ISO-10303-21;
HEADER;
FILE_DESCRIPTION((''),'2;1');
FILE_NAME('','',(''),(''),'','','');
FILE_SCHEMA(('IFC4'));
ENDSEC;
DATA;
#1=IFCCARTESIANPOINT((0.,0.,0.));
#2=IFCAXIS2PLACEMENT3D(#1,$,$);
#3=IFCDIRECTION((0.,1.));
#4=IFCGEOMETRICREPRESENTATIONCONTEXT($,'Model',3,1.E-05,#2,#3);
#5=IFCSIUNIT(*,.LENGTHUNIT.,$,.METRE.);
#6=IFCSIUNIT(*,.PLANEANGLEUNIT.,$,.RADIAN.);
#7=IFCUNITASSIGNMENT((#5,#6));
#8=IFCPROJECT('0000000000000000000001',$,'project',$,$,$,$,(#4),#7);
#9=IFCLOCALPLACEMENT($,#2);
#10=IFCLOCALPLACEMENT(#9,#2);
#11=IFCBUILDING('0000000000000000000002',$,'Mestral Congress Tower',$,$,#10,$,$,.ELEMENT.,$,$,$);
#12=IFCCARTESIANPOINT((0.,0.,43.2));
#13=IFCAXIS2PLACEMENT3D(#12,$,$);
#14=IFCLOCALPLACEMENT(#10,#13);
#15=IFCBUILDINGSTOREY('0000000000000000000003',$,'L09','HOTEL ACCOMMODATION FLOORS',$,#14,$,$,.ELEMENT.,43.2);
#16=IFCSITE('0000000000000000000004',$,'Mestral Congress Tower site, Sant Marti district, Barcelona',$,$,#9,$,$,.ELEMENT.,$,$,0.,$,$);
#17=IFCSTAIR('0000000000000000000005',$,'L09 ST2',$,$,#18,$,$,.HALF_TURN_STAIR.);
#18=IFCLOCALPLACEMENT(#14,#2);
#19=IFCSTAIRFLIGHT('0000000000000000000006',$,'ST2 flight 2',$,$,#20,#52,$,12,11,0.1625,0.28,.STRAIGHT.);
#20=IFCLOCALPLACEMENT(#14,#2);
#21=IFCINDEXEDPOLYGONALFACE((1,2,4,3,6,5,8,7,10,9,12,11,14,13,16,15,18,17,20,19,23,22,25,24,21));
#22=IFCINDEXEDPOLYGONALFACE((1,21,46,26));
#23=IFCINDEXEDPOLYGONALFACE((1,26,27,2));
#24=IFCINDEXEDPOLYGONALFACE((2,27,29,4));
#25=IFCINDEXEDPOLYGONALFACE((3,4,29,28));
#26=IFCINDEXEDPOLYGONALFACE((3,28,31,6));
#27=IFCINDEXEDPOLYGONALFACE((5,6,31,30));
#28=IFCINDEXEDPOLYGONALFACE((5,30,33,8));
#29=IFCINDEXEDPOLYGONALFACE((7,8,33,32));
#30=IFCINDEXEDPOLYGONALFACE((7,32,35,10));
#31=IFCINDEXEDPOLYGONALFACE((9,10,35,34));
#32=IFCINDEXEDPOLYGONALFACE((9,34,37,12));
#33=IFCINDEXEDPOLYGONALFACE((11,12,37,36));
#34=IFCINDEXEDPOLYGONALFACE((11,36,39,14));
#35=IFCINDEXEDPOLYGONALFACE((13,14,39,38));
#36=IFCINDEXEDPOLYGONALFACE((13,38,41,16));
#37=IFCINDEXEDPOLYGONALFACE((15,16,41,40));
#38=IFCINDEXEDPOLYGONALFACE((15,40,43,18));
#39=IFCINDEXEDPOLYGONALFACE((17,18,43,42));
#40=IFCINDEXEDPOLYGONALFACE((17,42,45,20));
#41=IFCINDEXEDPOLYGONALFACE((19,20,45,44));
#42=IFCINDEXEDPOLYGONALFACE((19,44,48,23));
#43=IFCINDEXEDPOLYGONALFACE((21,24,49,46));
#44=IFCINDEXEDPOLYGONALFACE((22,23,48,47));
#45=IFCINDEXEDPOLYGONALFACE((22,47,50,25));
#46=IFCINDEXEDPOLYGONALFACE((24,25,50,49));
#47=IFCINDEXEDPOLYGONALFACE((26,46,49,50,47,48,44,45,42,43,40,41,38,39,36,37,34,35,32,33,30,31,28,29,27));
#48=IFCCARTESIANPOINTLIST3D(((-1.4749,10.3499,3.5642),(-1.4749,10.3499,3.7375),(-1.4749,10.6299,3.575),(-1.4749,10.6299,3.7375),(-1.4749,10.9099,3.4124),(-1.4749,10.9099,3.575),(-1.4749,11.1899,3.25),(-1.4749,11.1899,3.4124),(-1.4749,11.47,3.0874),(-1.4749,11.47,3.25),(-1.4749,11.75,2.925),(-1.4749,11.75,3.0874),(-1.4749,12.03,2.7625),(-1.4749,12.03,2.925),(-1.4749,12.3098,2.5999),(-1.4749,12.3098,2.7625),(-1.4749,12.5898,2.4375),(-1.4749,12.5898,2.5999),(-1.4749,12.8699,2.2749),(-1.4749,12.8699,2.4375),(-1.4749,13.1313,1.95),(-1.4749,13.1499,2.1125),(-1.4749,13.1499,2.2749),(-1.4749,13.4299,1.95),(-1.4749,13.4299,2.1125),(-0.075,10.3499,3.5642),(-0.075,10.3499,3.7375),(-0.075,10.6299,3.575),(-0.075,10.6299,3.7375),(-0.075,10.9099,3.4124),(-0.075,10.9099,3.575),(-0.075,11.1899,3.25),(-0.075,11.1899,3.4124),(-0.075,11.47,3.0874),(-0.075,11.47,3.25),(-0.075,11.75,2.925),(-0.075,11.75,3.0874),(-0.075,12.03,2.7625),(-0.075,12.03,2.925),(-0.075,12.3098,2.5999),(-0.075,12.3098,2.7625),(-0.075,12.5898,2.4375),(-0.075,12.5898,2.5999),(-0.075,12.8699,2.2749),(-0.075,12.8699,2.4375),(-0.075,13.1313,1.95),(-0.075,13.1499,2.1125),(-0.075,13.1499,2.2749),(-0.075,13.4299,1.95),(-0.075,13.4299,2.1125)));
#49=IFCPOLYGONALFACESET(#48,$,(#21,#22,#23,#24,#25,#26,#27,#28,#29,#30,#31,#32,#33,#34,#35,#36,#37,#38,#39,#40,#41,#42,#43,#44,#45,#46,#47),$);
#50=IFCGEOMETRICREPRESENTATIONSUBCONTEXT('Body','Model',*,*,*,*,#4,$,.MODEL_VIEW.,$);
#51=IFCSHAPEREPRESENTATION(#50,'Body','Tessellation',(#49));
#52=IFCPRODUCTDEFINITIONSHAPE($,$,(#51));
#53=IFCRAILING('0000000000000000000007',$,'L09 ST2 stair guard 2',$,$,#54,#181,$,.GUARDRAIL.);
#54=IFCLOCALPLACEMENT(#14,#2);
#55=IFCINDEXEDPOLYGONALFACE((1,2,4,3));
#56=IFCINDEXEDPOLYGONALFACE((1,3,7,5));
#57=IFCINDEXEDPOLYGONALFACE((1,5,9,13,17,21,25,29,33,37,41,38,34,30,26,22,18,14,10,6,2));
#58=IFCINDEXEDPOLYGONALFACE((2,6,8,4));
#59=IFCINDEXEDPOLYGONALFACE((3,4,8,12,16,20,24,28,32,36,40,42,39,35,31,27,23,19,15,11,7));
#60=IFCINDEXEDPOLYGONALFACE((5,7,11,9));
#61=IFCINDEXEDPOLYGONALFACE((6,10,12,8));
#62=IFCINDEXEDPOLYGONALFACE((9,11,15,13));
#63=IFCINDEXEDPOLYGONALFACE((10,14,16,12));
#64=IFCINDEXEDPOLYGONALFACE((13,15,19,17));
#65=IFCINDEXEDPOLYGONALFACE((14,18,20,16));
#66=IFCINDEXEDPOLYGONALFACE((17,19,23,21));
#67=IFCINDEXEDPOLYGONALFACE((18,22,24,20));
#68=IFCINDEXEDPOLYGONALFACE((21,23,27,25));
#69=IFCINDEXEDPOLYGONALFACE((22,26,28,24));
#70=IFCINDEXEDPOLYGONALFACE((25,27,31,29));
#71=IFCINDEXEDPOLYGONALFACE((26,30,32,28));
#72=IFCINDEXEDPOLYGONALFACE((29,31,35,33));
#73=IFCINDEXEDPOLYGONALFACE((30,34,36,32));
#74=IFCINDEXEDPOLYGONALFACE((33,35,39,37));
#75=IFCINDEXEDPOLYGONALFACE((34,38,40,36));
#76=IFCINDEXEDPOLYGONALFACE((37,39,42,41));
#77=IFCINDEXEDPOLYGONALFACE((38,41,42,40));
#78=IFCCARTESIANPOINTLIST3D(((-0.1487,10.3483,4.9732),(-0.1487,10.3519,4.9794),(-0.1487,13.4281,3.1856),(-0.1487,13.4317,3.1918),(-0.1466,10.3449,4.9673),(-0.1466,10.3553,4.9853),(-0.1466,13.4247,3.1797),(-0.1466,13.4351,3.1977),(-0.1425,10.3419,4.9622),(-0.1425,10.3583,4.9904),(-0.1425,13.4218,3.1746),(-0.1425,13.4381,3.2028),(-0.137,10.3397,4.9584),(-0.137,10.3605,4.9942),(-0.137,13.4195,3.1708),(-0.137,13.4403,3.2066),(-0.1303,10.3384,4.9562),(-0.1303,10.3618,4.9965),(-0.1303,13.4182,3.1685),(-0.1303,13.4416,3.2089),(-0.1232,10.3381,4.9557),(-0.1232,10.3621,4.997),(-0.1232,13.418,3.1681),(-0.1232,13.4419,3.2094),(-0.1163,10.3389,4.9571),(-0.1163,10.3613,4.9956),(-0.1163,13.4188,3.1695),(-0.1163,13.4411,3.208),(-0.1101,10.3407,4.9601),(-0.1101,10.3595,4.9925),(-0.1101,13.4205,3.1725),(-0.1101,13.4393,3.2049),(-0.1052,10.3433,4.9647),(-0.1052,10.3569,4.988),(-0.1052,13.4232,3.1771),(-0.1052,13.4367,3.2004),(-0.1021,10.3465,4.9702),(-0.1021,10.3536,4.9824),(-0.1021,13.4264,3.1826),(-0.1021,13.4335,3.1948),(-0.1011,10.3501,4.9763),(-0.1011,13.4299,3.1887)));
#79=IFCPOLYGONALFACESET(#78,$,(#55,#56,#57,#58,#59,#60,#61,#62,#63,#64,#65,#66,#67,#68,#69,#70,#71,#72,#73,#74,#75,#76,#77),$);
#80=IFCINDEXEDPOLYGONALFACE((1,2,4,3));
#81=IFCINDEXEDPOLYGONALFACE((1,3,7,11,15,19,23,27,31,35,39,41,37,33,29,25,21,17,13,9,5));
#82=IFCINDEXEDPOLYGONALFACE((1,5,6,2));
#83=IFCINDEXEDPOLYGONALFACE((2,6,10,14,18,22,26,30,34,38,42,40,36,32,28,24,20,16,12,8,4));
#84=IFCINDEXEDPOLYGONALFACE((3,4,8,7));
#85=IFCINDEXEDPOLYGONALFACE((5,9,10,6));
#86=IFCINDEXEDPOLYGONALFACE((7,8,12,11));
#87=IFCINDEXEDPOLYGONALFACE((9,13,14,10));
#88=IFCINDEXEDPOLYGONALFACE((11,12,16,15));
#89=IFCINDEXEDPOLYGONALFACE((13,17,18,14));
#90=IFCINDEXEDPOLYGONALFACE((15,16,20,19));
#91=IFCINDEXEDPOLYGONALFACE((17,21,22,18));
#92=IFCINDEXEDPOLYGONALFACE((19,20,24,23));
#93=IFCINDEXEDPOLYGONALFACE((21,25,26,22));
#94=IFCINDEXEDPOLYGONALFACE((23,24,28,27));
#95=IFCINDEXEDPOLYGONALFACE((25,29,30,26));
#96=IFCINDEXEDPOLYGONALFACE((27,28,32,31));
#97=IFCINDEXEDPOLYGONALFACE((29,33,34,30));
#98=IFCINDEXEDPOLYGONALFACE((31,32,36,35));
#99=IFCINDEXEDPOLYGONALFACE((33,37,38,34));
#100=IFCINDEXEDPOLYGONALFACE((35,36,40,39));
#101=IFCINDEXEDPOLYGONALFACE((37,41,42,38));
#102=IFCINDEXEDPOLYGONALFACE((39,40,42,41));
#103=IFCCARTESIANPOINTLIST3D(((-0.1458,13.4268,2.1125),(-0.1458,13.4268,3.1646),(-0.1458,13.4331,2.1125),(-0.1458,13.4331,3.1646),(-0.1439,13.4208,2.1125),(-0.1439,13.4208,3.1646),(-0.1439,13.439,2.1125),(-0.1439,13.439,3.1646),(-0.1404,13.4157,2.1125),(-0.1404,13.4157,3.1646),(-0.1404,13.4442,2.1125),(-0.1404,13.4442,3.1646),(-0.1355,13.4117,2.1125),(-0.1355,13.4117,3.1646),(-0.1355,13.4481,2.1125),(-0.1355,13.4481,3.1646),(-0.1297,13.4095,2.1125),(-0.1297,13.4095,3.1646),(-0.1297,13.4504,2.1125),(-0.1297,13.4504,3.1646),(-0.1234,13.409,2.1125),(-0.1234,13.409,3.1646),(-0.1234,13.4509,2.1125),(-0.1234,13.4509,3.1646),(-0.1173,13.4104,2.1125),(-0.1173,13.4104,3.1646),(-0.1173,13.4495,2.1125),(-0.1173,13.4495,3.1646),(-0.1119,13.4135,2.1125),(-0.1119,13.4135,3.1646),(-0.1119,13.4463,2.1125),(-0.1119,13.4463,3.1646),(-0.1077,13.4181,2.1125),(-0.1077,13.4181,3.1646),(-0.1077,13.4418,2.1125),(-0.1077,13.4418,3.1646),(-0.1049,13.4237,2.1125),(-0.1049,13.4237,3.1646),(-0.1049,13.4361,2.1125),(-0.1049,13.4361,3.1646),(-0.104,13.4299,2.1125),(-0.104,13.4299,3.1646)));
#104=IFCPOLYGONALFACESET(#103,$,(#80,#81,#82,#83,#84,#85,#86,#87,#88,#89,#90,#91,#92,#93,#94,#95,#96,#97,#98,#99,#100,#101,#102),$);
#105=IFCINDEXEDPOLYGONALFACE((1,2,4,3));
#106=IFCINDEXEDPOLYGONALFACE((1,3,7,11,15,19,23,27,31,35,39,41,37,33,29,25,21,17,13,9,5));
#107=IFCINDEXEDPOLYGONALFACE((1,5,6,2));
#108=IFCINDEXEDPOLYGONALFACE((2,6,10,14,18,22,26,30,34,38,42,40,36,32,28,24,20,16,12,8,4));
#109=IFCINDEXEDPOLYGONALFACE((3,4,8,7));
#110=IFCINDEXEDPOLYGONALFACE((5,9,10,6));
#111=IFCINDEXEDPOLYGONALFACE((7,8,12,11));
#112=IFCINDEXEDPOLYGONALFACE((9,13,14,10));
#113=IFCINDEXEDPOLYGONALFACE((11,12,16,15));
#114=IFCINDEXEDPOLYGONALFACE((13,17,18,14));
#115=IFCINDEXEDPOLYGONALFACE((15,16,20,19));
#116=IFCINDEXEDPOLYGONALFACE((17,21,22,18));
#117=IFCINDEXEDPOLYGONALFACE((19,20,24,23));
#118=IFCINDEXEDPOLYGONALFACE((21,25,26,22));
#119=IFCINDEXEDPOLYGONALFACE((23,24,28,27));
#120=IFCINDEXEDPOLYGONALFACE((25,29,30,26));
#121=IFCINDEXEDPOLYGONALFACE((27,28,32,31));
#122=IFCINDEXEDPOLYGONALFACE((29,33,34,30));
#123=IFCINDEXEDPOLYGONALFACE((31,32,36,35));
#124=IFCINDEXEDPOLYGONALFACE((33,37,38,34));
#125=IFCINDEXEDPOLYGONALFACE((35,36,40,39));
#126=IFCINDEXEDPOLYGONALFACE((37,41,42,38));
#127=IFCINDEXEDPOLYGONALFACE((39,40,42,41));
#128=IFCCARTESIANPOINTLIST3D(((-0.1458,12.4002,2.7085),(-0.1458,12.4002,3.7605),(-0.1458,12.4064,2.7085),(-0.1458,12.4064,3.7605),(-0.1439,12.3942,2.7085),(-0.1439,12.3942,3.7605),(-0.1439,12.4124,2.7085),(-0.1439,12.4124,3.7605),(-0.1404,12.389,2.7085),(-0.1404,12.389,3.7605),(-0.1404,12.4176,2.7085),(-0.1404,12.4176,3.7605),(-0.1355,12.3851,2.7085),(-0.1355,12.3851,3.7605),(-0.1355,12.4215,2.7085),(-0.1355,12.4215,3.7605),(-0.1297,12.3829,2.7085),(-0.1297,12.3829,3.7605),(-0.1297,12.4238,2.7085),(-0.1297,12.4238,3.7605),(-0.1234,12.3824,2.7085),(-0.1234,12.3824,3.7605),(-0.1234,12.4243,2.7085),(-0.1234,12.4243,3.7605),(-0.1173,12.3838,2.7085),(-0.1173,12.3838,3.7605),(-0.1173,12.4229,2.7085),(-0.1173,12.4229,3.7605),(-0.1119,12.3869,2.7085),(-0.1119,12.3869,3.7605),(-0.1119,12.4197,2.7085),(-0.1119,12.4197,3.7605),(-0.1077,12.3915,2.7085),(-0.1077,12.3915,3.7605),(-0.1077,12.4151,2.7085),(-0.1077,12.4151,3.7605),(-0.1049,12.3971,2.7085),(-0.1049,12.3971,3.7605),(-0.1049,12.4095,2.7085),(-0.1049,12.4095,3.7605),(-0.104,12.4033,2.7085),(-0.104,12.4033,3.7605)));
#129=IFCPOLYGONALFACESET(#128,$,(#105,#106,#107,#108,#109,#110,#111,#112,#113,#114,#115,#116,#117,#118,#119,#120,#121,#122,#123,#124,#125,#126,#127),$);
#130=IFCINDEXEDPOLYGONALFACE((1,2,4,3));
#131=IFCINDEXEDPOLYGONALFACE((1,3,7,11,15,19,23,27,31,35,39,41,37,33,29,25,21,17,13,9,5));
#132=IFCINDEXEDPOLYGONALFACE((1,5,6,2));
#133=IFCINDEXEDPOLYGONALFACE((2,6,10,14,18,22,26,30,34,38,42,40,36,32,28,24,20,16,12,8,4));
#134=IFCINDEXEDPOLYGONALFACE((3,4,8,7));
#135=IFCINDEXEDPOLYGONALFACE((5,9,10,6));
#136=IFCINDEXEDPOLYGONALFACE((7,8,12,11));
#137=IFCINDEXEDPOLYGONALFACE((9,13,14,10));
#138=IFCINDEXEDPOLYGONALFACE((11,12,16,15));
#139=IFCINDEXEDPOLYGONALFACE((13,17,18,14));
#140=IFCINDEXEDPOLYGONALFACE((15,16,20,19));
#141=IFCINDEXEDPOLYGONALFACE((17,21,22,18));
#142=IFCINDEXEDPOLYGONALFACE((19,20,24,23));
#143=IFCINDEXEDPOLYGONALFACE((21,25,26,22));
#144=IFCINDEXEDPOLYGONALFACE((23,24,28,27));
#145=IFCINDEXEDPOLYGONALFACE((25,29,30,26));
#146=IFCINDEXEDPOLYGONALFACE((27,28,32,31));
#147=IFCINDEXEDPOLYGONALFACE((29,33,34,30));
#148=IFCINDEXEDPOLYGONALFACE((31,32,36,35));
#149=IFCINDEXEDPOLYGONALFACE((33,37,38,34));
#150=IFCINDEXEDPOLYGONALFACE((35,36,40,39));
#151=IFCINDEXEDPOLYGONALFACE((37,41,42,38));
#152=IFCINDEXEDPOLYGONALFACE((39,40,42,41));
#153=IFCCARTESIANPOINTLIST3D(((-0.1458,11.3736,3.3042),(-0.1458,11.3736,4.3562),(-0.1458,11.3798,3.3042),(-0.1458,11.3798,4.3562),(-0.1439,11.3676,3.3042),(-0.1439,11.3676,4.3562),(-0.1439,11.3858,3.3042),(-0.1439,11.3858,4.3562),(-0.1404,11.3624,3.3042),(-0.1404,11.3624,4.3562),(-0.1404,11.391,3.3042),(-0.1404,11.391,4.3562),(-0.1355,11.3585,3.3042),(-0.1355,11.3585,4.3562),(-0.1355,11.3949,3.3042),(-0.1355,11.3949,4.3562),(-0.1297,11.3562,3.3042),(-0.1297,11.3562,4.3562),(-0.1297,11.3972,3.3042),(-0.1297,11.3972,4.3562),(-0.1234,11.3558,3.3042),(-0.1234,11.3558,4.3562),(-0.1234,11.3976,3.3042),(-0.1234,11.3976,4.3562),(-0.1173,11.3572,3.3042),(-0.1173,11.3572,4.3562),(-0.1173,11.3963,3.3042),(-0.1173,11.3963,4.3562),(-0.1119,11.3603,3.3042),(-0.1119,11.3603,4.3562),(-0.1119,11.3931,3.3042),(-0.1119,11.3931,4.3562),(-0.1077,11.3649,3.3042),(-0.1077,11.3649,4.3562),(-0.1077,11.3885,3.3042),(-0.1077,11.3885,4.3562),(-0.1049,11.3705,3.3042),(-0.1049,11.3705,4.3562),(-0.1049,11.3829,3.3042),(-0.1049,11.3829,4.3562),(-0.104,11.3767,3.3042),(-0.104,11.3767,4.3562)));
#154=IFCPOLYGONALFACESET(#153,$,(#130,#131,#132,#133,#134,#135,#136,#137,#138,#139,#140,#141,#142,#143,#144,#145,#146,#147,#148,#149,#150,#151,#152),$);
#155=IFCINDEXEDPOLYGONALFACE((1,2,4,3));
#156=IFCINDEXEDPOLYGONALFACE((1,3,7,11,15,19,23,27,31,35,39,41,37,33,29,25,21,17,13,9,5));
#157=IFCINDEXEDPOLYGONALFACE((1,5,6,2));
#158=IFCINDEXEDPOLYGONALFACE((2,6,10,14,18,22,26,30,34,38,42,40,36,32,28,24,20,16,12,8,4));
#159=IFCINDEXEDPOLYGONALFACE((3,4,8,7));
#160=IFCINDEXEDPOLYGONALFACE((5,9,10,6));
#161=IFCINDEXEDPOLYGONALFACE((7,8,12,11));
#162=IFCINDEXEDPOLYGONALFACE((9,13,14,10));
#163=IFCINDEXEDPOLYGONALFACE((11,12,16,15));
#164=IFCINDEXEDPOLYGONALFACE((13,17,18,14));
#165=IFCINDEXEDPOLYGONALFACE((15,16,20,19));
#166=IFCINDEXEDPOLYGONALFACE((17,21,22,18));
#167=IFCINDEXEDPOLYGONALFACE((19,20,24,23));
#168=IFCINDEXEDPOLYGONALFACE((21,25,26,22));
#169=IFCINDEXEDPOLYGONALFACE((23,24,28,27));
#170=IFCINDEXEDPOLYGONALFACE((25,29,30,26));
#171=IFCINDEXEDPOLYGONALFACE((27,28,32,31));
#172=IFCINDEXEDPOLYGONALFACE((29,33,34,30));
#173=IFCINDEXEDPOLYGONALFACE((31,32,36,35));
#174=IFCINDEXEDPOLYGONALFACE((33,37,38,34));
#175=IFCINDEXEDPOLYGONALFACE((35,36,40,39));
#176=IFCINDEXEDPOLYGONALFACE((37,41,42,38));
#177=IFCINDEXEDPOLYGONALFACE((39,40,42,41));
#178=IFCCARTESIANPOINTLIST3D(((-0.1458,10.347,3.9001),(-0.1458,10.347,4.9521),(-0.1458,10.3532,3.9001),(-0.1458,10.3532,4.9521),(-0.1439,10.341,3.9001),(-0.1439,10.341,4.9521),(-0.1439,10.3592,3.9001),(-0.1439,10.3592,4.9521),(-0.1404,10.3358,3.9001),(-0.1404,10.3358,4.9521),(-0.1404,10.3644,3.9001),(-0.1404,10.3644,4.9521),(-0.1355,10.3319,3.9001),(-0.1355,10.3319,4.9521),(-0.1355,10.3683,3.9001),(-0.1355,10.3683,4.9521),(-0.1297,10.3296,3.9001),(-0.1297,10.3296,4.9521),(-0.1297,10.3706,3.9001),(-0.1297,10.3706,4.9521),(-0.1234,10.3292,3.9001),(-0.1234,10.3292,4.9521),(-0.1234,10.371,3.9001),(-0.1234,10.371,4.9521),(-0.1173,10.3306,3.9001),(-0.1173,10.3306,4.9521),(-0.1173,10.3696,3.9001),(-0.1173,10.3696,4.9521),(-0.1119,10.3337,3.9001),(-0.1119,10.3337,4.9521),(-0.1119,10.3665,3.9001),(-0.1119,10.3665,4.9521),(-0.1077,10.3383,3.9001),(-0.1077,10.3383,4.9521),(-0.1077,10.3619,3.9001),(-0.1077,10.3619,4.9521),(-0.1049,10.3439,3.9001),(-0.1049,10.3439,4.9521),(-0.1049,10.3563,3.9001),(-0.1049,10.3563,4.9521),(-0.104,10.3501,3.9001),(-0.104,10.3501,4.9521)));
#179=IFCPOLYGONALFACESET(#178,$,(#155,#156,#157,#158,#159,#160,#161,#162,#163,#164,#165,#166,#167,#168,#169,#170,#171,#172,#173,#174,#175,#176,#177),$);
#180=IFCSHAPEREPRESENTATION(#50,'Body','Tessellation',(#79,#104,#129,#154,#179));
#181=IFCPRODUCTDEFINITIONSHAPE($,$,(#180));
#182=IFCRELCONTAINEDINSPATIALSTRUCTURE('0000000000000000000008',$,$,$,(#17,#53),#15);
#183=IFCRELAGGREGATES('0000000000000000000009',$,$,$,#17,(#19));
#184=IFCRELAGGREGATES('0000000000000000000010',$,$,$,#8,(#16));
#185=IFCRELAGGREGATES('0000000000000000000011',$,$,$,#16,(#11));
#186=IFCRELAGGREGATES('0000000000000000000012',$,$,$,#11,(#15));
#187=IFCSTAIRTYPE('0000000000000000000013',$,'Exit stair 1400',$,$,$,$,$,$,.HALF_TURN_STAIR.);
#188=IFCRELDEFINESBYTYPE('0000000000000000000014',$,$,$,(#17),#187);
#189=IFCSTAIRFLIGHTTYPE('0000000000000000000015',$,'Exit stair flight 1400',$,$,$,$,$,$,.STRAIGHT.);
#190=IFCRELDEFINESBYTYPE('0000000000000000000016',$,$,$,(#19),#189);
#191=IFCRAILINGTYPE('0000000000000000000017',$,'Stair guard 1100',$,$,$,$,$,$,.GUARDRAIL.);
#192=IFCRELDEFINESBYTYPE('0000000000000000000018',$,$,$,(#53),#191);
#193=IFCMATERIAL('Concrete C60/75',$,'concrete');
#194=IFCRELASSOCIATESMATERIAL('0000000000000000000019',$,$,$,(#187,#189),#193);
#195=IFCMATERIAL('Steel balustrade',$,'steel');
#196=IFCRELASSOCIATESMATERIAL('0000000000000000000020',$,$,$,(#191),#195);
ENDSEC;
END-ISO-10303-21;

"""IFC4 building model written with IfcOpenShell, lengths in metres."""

from ifc_helpers import new_model, si_unit, direction, frame, origin, origin_2d, place, context, subcontext, project, spatial, polyline, circle, outline, extrude, material, type_object, element, aggregate, save


model = new_model("IFC4")

# Units and contexts
model_context = context("Model", 3, precision=1e-05, world=origin(), true_north=direction((0.0, 1.0)))
body_context = subcontext(model_context, "Body", "Model", "MODEL_VIEW")
ifc_project = project(units=[si_unit("LENGTHUNIT", "METRE"), si_unit("PLANEANGLEUNIT", "RADIAN")], contexts=[model_context])

# Site, building, storey
site_placement = place(None, origin())
site = spatial("IfcSite", under=ifc_project, at=site_placement, Name="Mestral Congress Tower site, Sant Marti district, Barcelona", CompositionType="ELEMENT", RefElevation=0.0)
building_placement = place(site_placement, origin())
building = spatial("IfcBuilding", under=site, at=building_placement, Name="Mestral Congress Tower", CompositionType="ELEMENT")
storey_placement = place(building_placement, frame((0.0, 0.0, 43.2)))
storey = spatial("IfcBuildingStorey", under=building, at=storey_placement, Name="L09", Description="HOTEL ACCOMMODATION FLOORS", CompositionType="ELEMENT", Elevation=43.2)

# Shared definitions
ifc_material_1 = material(Name="Concrete C60/75", Category="concrete")

# Stair, stair flight
stair_type = type_object("IfcStairType", Name="Exit stair 1400", PredefinedType="HALF_TURN_STAIR", material=ifc_material_1)
stair_placement = place(storey_placement, origin())
stair = element("IfcStair", 1, at=stair_placement, inside=storey, type_object=stair_type, Name="L09 ST2", PredefinedType="HALF_TURN_STAIR")
stair_flight_type = type_object("IfcStairFlightType", Name="Exit stair flight 1400", PredefinedType="STRAIGHT", material=ifc_material_1)
stair_flight_placement = place(storey_placement, frame((-0.7749, 13.4299, 1.95), z_axis=(0.0, 0.0, 1.0), x_axis=(0.0, -1.0, 0.0)))
stair_flight = element("IfcStairFlight", 2, at=stair_flight_placement, type_object=stair_flight_type, Name="ST2 flight 2", NumberOfRisers=12, NumberOfTreads=11, PredefinedType="STRAIGHT", RiserHeight=0.1625, TreadLength=0.28, context=body_context, shape_type="SweptSolid", body=[
    extrude(outline(polyline([(0.0, 0.0), (0.0, 0.1626), (0.28, 0.1626), (0.28, 0.325), (0.5601, 0.325), (0.5601, 0.4875), (0.8401, 0.4875), (0.8401, 0.6499), (1.1201, 0.6499), (1.1201, 0.8125), (1.3999, 0.8125), (1.3999, 0.9751), (1.6799, 0.9751), (1.6799, 1.1375), (1.96, 1.1375), (1.96, 1.3), (2.24, 1.3), (2.24, 1.4624), (2.52, 1.4624), (2.52, 1.625), (2.8, 1.625), (2.8, 1.7876), (3.0801, 1.7876), (3.0801, 1.95), (3.0801, 1.6143), (0.2986, 0.0), (0.0, 0.0)])), frame((0.0, 0.7, 0.0), z_axis=(0.0, -1.0, 0.0), x_axis=(1.0, 0.0, 0.0)), (0.0, 0.0, 1.0), 1.3999),
])
aggregate(stair, [stair_flight])

# Railing
ifc_material_2 = material(Name="Steel balustrade", Category="steel")
railing_type = type_object("IfcRailingType", Name="Stair guard 1100", PredefinedType="GUARDRAIL", material=ifc_material_2)
railing_placement = place(storey_placement, frame((-0.125, 13.4299, 2.1125)))
element("IfcRailing", 3, at=railing_placement, inside=storey, type_object=railing_type, Name="L09 ST2 stair guard 2", PredefinedType="GUARDRAIL", context=body_context, shape_type="SweptSolid", body=[
    extrude(circle(Radius=0.0239, at=origin_2d()), frame((0.0, 0.0, 1.0762), z_axis=(0.0, -0.864873, 0.50199), x_axis=(1.0, 0.0, 0.0)), (0.0, 0.0, 1.0), 3.561),
    extrude(circle(Radius=0.021, at=origin_2d()), origin(), (0.0, 0.0, 1.0), 1.052),
    extrude(circle(Radius=0.021, at=origin_2d()), frame((0.0, -1.0266, 0.5959)), (0.0, 0.0, 1.0), 1.052),
    extrude(circle(Radius=0.021, at=origin_2d()), frame((0.0, -2.0532, 1.1917)), (0.0, 0.0, 1.0), 1.052),
    extrude(circle(Radius=0.021, at=origin_2d()), frame((0.0, -3.0798, 1.7876)), (0.0, 0.0, 1.0), 1.052),
])

save(model, "model.ifc")
